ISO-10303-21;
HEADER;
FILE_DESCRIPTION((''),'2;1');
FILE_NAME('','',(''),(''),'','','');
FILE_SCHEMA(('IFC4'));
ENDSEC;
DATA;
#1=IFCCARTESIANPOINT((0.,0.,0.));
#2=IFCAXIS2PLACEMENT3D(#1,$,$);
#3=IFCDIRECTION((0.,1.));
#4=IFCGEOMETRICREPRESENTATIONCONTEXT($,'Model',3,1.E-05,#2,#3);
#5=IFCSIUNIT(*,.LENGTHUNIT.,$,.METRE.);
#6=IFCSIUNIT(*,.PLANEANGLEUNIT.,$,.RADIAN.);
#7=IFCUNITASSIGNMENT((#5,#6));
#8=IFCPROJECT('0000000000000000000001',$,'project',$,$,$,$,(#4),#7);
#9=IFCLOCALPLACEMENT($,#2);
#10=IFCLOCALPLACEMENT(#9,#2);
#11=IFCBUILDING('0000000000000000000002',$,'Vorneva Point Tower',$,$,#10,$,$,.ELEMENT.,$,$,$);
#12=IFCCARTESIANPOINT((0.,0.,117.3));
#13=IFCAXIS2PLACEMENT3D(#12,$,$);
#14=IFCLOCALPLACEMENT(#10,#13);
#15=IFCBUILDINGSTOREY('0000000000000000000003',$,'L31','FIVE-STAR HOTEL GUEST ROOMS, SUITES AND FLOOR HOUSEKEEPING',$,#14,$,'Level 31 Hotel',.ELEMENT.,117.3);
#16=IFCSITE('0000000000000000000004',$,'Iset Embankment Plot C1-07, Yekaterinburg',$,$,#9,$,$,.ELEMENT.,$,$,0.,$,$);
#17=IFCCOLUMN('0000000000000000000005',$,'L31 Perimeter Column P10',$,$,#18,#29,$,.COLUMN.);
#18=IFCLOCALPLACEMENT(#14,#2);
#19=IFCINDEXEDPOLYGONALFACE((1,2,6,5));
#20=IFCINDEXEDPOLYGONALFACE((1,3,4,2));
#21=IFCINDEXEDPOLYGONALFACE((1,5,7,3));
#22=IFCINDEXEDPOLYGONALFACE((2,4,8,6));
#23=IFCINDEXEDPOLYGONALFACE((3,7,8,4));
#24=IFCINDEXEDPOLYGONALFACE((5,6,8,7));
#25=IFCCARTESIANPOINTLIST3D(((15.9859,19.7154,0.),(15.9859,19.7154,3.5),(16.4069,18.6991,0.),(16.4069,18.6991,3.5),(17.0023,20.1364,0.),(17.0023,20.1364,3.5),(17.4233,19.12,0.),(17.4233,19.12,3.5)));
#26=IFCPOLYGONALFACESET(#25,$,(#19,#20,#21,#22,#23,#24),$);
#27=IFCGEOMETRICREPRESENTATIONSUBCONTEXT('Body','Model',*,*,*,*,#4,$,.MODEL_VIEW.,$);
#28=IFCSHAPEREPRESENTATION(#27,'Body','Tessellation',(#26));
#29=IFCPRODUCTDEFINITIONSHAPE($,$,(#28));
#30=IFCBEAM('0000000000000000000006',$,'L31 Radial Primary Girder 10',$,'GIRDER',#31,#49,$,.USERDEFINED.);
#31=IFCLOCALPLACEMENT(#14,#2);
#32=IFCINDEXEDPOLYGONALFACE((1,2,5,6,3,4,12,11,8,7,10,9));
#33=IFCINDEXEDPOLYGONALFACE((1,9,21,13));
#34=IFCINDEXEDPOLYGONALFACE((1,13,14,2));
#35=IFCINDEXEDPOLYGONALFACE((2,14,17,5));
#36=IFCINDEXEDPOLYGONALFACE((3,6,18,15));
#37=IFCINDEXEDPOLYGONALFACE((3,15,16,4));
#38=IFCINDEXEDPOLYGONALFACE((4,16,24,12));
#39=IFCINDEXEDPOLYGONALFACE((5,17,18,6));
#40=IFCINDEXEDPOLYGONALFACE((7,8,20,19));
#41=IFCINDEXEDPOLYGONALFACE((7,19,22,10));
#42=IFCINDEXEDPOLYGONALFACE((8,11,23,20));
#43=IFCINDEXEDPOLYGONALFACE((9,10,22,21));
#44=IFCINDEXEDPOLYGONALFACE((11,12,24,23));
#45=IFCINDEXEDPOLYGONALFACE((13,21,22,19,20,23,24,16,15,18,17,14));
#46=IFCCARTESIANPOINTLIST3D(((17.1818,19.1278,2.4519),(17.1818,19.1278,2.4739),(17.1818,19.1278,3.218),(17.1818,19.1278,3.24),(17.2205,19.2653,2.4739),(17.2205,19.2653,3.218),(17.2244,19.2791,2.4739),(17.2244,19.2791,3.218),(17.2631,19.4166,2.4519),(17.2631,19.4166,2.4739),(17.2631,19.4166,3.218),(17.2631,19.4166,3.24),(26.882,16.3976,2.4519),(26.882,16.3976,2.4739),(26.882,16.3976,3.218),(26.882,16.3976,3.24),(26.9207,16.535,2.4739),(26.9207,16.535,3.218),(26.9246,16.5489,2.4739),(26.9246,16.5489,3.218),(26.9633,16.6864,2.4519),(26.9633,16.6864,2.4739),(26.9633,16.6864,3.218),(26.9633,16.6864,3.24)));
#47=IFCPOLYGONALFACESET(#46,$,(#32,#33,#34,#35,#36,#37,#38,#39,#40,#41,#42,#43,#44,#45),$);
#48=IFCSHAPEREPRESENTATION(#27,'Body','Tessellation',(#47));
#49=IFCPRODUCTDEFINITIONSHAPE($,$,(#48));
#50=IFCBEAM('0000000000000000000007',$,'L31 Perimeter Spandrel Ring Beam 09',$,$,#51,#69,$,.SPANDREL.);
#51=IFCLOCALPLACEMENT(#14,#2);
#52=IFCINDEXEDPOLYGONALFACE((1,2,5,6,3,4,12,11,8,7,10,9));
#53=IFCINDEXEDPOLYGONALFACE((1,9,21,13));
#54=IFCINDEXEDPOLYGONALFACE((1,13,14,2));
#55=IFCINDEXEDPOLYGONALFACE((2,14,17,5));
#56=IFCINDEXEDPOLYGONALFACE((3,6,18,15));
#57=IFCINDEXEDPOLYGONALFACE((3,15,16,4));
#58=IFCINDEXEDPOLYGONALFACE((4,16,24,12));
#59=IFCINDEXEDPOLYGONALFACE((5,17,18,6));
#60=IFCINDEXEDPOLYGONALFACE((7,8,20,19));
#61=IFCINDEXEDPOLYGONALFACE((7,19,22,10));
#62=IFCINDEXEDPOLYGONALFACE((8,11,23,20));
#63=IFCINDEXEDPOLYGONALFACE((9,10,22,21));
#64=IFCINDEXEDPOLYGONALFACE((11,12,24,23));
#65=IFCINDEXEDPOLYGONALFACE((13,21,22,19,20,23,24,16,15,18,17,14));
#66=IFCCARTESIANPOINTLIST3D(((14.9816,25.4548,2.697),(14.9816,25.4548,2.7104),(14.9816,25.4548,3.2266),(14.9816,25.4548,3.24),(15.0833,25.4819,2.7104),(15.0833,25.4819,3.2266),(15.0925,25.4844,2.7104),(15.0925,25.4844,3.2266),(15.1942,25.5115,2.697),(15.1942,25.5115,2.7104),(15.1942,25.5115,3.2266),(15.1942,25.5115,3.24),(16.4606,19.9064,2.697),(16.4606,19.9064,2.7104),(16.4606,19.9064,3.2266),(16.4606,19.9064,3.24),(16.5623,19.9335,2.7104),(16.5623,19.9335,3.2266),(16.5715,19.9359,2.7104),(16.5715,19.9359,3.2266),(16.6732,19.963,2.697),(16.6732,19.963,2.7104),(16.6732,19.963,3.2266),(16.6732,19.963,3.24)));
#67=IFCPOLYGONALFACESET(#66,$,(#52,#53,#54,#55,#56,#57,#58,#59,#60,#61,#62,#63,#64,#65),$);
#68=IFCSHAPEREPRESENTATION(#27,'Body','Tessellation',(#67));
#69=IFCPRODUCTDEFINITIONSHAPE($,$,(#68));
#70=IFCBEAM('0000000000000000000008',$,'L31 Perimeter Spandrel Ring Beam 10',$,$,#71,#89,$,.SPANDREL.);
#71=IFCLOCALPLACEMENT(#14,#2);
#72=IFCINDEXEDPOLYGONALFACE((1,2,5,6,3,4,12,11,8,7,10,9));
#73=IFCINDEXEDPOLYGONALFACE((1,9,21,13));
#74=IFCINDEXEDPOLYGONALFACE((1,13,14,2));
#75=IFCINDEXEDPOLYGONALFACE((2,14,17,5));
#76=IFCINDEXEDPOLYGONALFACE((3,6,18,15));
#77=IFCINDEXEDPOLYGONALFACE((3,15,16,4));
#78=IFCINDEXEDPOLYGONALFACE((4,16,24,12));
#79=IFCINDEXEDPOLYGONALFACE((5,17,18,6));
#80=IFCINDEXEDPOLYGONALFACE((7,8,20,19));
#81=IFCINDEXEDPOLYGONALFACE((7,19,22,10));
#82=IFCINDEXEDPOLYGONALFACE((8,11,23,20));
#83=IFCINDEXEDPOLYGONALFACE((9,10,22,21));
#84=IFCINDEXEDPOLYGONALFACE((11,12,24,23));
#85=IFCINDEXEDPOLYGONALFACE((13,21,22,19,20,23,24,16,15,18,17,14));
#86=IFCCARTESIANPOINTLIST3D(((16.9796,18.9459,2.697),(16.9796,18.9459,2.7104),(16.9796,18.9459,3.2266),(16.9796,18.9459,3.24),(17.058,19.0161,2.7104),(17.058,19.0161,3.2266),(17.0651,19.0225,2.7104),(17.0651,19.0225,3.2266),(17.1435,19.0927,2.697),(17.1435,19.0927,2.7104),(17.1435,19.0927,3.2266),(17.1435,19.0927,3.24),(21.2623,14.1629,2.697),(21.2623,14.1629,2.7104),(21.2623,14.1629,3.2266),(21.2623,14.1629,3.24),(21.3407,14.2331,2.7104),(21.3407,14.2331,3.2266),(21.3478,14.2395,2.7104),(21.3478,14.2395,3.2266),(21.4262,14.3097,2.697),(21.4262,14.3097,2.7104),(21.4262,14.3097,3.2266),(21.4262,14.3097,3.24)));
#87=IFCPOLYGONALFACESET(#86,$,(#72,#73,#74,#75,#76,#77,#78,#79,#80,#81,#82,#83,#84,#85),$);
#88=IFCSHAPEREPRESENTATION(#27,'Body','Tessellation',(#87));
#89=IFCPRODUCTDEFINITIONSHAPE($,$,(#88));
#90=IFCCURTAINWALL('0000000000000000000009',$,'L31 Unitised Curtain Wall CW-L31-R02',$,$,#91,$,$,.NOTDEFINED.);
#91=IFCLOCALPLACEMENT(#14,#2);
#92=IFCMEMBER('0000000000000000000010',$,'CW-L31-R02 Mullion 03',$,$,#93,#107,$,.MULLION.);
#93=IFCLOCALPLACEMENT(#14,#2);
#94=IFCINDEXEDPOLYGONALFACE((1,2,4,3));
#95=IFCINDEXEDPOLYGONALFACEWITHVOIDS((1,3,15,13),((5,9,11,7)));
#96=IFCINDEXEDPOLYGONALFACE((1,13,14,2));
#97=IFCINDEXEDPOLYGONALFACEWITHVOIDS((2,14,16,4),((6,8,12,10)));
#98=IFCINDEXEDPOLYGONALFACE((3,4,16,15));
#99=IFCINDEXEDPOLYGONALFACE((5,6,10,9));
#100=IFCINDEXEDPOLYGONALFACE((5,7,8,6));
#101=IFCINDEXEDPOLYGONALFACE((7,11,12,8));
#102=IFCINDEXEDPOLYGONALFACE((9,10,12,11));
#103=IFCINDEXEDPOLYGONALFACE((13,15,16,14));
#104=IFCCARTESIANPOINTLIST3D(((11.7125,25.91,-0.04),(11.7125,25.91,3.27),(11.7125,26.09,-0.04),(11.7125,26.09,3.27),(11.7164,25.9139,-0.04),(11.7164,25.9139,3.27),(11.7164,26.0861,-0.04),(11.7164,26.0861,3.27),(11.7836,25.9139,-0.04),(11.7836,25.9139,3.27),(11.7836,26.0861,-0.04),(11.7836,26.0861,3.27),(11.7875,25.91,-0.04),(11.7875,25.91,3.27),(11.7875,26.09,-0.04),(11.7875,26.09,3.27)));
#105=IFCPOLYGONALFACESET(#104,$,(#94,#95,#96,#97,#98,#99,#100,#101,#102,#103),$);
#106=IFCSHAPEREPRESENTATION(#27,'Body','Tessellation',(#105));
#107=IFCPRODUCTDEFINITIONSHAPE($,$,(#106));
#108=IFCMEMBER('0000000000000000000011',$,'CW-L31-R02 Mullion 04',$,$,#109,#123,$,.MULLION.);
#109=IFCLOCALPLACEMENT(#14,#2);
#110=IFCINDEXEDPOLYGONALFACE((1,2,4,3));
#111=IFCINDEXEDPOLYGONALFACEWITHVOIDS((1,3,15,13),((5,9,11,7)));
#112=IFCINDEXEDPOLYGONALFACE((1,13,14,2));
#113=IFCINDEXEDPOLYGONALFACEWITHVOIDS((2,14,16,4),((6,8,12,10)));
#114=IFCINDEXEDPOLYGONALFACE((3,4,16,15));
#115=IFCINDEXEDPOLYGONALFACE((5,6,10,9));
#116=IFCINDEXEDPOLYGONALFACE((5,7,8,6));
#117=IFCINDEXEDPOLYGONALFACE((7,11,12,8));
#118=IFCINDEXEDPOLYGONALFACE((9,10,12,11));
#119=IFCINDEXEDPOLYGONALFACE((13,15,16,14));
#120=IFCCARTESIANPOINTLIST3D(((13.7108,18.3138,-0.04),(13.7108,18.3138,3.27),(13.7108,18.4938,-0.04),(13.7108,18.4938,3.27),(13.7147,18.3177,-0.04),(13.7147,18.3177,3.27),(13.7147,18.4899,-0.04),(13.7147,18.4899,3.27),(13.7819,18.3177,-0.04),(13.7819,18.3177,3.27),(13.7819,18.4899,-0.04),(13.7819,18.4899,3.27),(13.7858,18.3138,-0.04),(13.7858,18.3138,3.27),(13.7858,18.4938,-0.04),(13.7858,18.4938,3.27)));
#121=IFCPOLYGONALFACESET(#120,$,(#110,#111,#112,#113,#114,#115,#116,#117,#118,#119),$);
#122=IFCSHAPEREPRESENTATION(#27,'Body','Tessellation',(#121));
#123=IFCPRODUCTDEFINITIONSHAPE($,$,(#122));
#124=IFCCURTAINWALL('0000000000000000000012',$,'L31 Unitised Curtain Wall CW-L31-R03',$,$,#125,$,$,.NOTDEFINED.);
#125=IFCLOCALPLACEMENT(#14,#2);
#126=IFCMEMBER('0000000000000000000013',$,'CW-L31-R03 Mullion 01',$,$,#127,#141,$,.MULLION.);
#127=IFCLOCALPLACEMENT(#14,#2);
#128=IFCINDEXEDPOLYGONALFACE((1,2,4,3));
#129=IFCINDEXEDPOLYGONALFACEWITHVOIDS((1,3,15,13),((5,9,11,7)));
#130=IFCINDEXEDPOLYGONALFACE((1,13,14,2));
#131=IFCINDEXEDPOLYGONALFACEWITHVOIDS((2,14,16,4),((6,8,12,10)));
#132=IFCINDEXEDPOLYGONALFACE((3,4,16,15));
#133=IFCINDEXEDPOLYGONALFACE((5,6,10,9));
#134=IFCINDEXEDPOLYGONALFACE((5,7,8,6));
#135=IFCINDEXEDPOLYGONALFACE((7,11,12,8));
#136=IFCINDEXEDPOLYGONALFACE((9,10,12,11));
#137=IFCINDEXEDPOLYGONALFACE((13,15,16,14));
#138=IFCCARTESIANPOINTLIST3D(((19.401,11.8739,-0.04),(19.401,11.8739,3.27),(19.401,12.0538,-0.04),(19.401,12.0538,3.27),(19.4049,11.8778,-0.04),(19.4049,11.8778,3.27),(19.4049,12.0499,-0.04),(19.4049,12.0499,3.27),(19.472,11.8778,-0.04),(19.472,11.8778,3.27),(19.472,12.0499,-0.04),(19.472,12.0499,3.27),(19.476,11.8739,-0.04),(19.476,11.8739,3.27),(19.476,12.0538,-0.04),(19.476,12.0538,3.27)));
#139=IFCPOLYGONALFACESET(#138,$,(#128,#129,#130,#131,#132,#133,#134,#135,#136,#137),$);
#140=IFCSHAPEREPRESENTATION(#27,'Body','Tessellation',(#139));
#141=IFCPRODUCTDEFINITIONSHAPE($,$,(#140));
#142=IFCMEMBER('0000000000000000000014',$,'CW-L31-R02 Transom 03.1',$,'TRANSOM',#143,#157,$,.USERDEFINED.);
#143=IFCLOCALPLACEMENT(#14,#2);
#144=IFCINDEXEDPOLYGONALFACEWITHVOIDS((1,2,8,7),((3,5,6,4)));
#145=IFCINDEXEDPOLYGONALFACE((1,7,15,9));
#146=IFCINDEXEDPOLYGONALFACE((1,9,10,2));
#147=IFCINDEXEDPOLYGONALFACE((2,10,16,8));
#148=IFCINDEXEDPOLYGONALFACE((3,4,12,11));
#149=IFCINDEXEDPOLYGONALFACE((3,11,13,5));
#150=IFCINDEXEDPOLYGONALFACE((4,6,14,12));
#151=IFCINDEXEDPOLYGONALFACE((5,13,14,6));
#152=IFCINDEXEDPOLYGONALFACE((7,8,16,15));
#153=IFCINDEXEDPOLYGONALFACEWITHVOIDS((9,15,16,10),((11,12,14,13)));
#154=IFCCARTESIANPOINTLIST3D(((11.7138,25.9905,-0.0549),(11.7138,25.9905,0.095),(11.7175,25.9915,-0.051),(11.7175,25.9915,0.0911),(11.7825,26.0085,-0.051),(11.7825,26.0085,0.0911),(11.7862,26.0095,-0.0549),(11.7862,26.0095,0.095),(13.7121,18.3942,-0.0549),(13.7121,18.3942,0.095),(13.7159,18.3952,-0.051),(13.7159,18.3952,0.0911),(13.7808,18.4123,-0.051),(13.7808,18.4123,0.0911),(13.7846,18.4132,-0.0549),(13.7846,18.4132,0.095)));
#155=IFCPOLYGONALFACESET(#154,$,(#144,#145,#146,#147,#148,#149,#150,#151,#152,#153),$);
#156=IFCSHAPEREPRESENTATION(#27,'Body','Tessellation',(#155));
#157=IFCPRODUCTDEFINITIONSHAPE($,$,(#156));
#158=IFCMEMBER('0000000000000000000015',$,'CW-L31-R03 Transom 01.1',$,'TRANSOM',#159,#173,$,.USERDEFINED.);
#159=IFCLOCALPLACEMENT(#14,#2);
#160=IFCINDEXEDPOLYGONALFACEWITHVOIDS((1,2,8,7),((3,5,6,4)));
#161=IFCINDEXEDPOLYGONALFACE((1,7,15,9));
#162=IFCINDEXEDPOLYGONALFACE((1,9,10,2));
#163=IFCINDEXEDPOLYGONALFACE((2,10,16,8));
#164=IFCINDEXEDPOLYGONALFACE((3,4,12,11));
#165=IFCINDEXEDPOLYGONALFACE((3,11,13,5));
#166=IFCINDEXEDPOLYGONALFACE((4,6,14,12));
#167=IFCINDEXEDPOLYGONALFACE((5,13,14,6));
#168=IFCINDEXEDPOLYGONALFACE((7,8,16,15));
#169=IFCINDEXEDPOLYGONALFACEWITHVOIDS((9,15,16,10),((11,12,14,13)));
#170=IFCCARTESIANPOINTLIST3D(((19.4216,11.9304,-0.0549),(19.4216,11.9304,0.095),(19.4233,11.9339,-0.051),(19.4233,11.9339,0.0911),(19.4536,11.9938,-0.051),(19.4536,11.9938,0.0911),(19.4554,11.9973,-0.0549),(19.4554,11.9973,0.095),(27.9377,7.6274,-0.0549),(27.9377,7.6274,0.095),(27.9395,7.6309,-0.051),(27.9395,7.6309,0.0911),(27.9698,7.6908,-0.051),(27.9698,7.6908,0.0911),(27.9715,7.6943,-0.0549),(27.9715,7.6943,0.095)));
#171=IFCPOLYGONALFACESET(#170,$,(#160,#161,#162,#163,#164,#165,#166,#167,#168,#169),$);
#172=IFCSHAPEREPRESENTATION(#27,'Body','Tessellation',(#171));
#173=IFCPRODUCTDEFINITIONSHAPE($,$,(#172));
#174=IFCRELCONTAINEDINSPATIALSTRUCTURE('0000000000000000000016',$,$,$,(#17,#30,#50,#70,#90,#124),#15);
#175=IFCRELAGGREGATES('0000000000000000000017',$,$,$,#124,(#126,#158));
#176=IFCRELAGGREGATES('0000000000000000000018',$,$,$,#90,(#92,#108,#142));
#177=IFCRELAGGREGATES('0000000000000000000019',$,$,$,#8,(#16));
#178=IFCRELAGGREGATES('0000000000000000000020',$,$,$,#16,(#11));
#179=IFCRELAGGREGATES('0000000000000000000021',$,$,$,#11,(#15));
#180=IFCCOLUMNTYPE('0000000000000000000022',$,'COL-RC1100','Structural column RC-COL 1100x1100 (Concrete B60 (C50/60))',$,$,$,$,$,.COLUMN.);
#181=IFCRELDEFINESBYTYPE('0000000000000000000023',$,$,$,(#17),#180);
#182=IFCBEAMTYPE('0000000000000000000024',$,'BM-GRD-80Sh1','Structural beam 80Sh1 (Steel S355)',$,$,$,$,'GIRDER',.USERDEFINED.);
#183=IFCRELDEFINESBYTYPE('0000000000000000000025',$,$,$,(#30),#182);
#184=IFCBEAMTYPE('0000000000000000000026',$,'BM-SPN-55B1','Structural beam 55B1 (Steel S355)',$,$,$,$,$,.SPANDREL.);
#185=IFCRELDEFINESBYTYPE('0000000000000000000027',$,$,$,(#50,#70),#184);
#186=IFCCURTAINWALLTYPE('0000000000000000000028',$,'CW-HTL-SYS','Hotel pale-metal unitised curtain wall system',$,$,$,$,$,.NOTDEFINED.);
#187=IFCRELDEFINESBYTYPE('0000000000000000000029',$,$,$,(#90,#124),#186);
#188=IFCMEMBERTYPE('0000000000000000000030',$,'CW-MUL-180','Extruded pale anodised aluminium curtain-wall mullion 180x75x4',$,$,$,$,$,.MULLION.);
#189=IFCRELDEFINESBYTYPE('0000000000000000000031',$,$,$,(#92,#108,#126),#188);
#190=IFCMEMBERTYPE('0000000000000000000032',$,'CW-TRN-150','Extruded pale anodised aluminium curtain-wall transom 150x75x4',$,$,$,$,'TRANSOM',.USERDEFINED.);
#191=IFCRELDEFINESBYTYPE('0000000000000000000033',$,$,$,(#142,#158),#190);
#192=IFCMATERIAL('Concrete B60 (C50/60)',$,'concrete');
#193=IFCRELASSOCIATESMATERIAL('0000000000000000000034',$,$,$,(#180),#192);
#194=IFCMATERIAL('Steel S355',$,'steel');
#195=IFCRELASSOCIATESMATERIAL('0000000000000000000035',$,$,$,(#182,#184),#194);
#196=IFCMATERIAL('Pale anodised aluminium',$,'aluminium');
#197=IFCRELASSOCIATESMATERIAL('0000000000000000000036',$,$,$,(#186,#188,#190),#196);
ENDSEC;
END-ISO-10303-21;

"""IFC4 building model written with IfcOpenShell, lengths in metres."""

from ifc_helpers import new_model, si_unit, direction, frame, origin, origin_2d, place, context, subcontext, project, spatial, rectangle, hollow_rectangle, i_section, extrude, material, material_profile, profile_set, type_object, element, aggregate, save


model = new_model("IFC4")

# Units and contexts
model_context = context("Model", 3, precision=1e-05, world=origin(), true_north=direction((0.0, 1.0)))
body_context = subcontext(model_context, "Body", "Model", "MODEL_VIEW")
ifc_project = project(units=[si_unit("LENGTHUNIT", "METRE"), si_unit("PLANEANGLEUNIT", "RADIAN")], contexts=[model_context])

# Site, building, storey
site_placement = place(None, origin())
site = spatial("IfcSite", under=ifc_project, at=site_placement, Name="Iset Embankment Plot C1-07, Yekaterinburg", CompositionType="ELEMENT", RefElevation=0.0)
building_placement = place(site_placement, origin())
building = spatial("IfcBuilding", under=site, at=building_placement, Name="Vorneva Point Tower", CompositionType="ELEMENT")
storey_placement = place(building_placement, frame((0.0, 0.0, 117.3)))
storey = spatial("IfcBuildingStorey", under=building, at=storey_placement, Name="L31", Description="FIVE-STAR HOTEL GUEST ROOMS, SUITES AND FLOOR HOUSEKEEPING", LongName="Level 31 Hotel", CompositionType="ELEMENT", Elevation=117.3)

# Column
ifc_material_1 = material(Name="Concrete B60 (C50/60)", Category="concrete")
ifc_material_profile_1 = material_profile(ifc_material_1, rectangle(XDim=1.1001, YDim=1.1001, at=origin_2d()), Name="RC-COL 1100x1100")
ifc_profile_set_1 = profile_set([ifc_material_profile_1], Name="Concrete B60 (C50/60)")
column_type = type_object("IfcColumnType", Name="COL-RC1100", Description="Structural column RC-COL 1100x1100 (Concrete B60 (C50/60))", PredefinedType="COLUMN", material=ifc_profile_set_1)
column_placement = place(storey_placement, frame((16.7046, 19.4177, 0.0), z_axis=(0.0, 0.0, 1.0), x_axis=(-0.92388, -0.382683, 0.0)))
element("IfcColumn", 1, at=column_placement, inside=storey, type_object=column_type, Name="L31 Perimeter Column P10", PredefinedType="COLUMN", context=body_context, shape_type="SweptSolid", body=[
    extrude(rectangle(XDim=1.1001, YDim=1.1001, at=origin_2d()), origin(), (0.0, 0.0, 1.0), 3.5),
])

# Beams
ifc_material_2 = material(Name="Steel S355", Category="steel")
ifc_material_profile_2 = material_profile(ifc_material_2, i_section(OverallWidth=0.3, OverallDepth=0.7881, WebThickness=0.0144, FlangeThickness=0.022, at=origin_2d()), Name="80Sh1")
ifc_profile_set_2 = profile_set([ifc_material_profile_2], Name="Steel S355")
beam_type_1 = type_object("IfcBeamType", Name="BM-GRD-80Sh1", Description="Structural beam 80Sh1 (Steel S355)", ElementType="GIRDER", PredefinedType="USERDEFINED", material=ifc_profile_set_2)
beam_1_placement = place(storey_placement, frame((17.2224, 19.2722, 2.8459), z_axis=(0.962598, -0.270934, 0.0), x_axis=(0.270934, 0.962598, 0.0)))
element("IfcBeam", 2, at=beam_1_placement, inside=storey, type_object=beam_type_1, Name="L31 Radial Primary Girder 10", ObjectType="GIRDER", PredefinedType="USERDEFINED", context=body_context, shape_type="SweptSolid", body=[
    extrude(i_section(OverallWidth=0.3, OverallDepth=0.7881, WebThickness=0.0144, FlangeThickness=0.022, at=origin_2d()), origin(), (0.0, 0.0, 1.0), 10.0771),
])
ifc_material_profile_3 = material_profile(ifc_material_2, i_section(OverallWidth=0.22, OverallDepth=0.543, WebThickness=0.0095, FlangeThickness=0.0134, at=origin_2d()), Name="55B1")
ifc_profile_set_3 = profile_set([ifc_material_profile_3], Name="Steel S355")
beam_type_2 = type_object("IfcBeamType", Name="BM-SPN-55B1", Description="Structural beam 55B1 (Steel S355)", PredefinedType="SPANDREL", material=ifc_profile_set_3)
beam_2_placement = place(storey_placement, frame((15.0879, 25.4832, 2.9685), z_axis=(0.257573, -0.966259, 0.0), x_axis=(0.966259, 0.257573, 0.0)))
element("IfcBeam", 3, at=beam_2_placement, inside=storey, type_object=beam_type_2, Name="L31 Perimeter Spandrel Ring Beam 09", PredefinedType="SPANDREL", context=body_context, shape_type="SweptSolid", body=[
    extrude(i_section(OverallWidth=0.22, OverallDepth=0.543, WebThickness=0.0095, FlangeThickness=0.0134, at=origin_2d()), origin(), (0.0, 0.0, 1.0), 5.7422),
])
beam_3_placement = place(storey_placement, frame((17.0615, 19.0193, 2.9685), z_axis=(0.667074, -0.744992, 0.0), x_axis=(0.744992, 0.667074, 0.0)))
element("IfcBeam", 4, at=beam_3_placement, inside=storey, type_object=beam_type_2, Name="L31 Perimeter Spandrel Ring Beam 10", PredefinedType="SPANDREL", context=body_context, shape_type="SweptSolid", body=[
    extrude(i_section(OverallWidth=0.22, OverallDepth=0.543, WebThickness=0.0095, FlangeThickness=0.0134, at=origin_2d()), origin(), (0.0, 0.0, 1.0), 6.4202),
])

# Curtain wall, members
ifc_material_3 = material(Name="Pale anodised aluminium", Category="aluminium")
curtain_wall_type = type_object("IfcCurtainWallType", Name="CW-HTL-SYS", Description="Hotel pale-metal unitised curtain wall system", PredefinedType="NOTDEFINED", material=ifc_material_3)
curtain_wall_1_placement = place(storey_placement, origin())
curtain_wall_1 = element("IfcCurtainWall", 5, at=curtain_wall_1_placement, inside=storey, type_object=curtain_wall_type, Name="L31 Unitised Curtain Wall CW-L31-R02", PredefinedType="NOTDEFINED")
ifc_material_profile_4 = material_profile(ifc_material_3, hollow_rectangle(XDim=0.075, YDim=0.1799, WallThickness=0.0039, at=origin_2d()), Name="AL-MUL 180x75x4")
ifc_profile_set_4 = profile_set([ifc_material_profile_4], Name="Pale anodised aluminium")
member_type_1 = type_object("IfcMemberType", Name="CW-MUL-180", Description="Extruded pale anodised aluminium curtain-wall mullion 180x75x4", PredefinedType="MULLION", material=ifc_profile_set_4)
member_1_placement = place(storey_placement, frame((11.75, 26.0, -0.04), z_axis=(0.0, 0.0, 1.0), x_axis=(1.0, 0.0, 0.0)))
member_1 = element("IfcMember", 6, at=member_1_placement, type_object=member_type_1, Name="CW-L31-R02 Mullion 03", PredefinedType="MULLION", context=body_context, shape_type="SweptSolid", body=[
    extrude(hollow_rectangle(XDim=0.075, YDim=0.1799, WallThickness=0.0039, at=origin_2d()), origin(), (0.0, 0.0, 1.0), 3.3101),
])
member_2_placement = place(storey_placement, frame((13.7483, 18.4038, -0.04), z_axis=(0.0, 0.0, 1.0), x_axis=(1.0, 0.0, 0.0)))
member_2 = element("IfcMember", 7, at=member_2_placement, type_object=member_type_1, Name="CW-L31-R02 Mullion 04", PredefinedType="MULLION", context=body_context, shape_type="SweptSolid", body=[
    extrude(hollow_rectangle(XDim=0.075, YDim=0.1799, WallThickness=0.0039, at=origin_2d()), origin(), (0.0, 0.0, 1.0), 3.3101),
])

# Curtain wall, member
curtain_wall_2_placement = place(storey_placement, origin())
curtain_wall_2 = element("IfcCurtainWall", 8, at=curtain_wall_2_placement, inside=storey, type_object=curtain_wall_type, Name="L31 Unitised Curtain Wall CW-L31-R03", PredefinedType="NOTDEFINED")
member_3_placement = place(storey_placement, frame((19.4385, 11.9639, -0.04), z_axis=(0.0, 0.0, 1.0), x_axis=(1.0, 0.0, 0.0)))
member_3 = element("IfcMember", 9, at=member_3_placement, type_object=member_type_1, Name="CW-L31-R03 Mullion 01", PredefinedType="MULLION", context=body_context, shape_type="SweptSolid", body=[
    extrude(hollow_rectangle(XDim=0.075, YDim=0.1799, WallThickness=0.0039, at=origin_2d()), origin(), (0.0, 0.0, 1.0), 3.3101),
])

# Members
ifc_material_profile_5 = material_profile(ifc_material_3, hollow_rectangle(XDim=0.075, YDim=0.1499, WallThickness=0.0039, at=origin_2d()), Name="AL-TRN 150x75x4")
ifc_profile_set_5 = profile_set([ifc_material_profile_5], Name="Pale anodised aluminium")
member_type_2 = type_object("IfcMemberType", Name="CW-TRN-150", Description="Extruded pale anodised aluminium curtain-wall transom 150x75x4", ElementType="TRANSOM", PredefinedType="USERDEFINED", material=ifc_profile_set_5)
member_4_placement = place(storey_placement, frame((11.75, 26.0, 0.02), z_axis=(0.254409, -0.967097, 0.0), x_axis=(0.967097, 0.254409, 0.0)))
member_4 = element("IfcMember", 10, at=member_4_placement, type_object=member_type_2, Name="CW-L31-R02 Transom 03.1", ObjectType="TRANSOM", PredefinedType="USERDEFINED", context=body_context, shape_type="SweptSolid", body=[
    extrude(hollow_rectangle(XDim=0.075, YDim=0.1499, WallThickness=0.0039, at=origin_2d()), origin(), (0.0, 0.0, 1.0), 7.8547),
])
member_5_placement = place(storey_placement, frame((19.4385, 11.9639, 0.02), z_axis=(0.892536, -0.450976, 0.0), x_axis=(0.450976, 0.892536, 0.0)))
member_5 = element("IfcMember", 11, at=member_5_placement, type_object=member_type_2, Name="CW-L31-R03 Transom 01.1", ObjectType="TRANSOM", PredefinedType="USERDEFINED", context=body_context, shape_type="SweptSolid", body=[
    extrude(hollow_rectangle(XDim=0.075, YDim=0.1499, WallThickness=0.0039, at=origin_2d()), origin(), (0.0, 0.0, 1.0), 9.5415),
])
aggregate(curtain_wall_2, [member_3, member_5])

aggregate(curtain_wall_1, [member_1, member_2, member_4])

save(model, "model.ifc")
